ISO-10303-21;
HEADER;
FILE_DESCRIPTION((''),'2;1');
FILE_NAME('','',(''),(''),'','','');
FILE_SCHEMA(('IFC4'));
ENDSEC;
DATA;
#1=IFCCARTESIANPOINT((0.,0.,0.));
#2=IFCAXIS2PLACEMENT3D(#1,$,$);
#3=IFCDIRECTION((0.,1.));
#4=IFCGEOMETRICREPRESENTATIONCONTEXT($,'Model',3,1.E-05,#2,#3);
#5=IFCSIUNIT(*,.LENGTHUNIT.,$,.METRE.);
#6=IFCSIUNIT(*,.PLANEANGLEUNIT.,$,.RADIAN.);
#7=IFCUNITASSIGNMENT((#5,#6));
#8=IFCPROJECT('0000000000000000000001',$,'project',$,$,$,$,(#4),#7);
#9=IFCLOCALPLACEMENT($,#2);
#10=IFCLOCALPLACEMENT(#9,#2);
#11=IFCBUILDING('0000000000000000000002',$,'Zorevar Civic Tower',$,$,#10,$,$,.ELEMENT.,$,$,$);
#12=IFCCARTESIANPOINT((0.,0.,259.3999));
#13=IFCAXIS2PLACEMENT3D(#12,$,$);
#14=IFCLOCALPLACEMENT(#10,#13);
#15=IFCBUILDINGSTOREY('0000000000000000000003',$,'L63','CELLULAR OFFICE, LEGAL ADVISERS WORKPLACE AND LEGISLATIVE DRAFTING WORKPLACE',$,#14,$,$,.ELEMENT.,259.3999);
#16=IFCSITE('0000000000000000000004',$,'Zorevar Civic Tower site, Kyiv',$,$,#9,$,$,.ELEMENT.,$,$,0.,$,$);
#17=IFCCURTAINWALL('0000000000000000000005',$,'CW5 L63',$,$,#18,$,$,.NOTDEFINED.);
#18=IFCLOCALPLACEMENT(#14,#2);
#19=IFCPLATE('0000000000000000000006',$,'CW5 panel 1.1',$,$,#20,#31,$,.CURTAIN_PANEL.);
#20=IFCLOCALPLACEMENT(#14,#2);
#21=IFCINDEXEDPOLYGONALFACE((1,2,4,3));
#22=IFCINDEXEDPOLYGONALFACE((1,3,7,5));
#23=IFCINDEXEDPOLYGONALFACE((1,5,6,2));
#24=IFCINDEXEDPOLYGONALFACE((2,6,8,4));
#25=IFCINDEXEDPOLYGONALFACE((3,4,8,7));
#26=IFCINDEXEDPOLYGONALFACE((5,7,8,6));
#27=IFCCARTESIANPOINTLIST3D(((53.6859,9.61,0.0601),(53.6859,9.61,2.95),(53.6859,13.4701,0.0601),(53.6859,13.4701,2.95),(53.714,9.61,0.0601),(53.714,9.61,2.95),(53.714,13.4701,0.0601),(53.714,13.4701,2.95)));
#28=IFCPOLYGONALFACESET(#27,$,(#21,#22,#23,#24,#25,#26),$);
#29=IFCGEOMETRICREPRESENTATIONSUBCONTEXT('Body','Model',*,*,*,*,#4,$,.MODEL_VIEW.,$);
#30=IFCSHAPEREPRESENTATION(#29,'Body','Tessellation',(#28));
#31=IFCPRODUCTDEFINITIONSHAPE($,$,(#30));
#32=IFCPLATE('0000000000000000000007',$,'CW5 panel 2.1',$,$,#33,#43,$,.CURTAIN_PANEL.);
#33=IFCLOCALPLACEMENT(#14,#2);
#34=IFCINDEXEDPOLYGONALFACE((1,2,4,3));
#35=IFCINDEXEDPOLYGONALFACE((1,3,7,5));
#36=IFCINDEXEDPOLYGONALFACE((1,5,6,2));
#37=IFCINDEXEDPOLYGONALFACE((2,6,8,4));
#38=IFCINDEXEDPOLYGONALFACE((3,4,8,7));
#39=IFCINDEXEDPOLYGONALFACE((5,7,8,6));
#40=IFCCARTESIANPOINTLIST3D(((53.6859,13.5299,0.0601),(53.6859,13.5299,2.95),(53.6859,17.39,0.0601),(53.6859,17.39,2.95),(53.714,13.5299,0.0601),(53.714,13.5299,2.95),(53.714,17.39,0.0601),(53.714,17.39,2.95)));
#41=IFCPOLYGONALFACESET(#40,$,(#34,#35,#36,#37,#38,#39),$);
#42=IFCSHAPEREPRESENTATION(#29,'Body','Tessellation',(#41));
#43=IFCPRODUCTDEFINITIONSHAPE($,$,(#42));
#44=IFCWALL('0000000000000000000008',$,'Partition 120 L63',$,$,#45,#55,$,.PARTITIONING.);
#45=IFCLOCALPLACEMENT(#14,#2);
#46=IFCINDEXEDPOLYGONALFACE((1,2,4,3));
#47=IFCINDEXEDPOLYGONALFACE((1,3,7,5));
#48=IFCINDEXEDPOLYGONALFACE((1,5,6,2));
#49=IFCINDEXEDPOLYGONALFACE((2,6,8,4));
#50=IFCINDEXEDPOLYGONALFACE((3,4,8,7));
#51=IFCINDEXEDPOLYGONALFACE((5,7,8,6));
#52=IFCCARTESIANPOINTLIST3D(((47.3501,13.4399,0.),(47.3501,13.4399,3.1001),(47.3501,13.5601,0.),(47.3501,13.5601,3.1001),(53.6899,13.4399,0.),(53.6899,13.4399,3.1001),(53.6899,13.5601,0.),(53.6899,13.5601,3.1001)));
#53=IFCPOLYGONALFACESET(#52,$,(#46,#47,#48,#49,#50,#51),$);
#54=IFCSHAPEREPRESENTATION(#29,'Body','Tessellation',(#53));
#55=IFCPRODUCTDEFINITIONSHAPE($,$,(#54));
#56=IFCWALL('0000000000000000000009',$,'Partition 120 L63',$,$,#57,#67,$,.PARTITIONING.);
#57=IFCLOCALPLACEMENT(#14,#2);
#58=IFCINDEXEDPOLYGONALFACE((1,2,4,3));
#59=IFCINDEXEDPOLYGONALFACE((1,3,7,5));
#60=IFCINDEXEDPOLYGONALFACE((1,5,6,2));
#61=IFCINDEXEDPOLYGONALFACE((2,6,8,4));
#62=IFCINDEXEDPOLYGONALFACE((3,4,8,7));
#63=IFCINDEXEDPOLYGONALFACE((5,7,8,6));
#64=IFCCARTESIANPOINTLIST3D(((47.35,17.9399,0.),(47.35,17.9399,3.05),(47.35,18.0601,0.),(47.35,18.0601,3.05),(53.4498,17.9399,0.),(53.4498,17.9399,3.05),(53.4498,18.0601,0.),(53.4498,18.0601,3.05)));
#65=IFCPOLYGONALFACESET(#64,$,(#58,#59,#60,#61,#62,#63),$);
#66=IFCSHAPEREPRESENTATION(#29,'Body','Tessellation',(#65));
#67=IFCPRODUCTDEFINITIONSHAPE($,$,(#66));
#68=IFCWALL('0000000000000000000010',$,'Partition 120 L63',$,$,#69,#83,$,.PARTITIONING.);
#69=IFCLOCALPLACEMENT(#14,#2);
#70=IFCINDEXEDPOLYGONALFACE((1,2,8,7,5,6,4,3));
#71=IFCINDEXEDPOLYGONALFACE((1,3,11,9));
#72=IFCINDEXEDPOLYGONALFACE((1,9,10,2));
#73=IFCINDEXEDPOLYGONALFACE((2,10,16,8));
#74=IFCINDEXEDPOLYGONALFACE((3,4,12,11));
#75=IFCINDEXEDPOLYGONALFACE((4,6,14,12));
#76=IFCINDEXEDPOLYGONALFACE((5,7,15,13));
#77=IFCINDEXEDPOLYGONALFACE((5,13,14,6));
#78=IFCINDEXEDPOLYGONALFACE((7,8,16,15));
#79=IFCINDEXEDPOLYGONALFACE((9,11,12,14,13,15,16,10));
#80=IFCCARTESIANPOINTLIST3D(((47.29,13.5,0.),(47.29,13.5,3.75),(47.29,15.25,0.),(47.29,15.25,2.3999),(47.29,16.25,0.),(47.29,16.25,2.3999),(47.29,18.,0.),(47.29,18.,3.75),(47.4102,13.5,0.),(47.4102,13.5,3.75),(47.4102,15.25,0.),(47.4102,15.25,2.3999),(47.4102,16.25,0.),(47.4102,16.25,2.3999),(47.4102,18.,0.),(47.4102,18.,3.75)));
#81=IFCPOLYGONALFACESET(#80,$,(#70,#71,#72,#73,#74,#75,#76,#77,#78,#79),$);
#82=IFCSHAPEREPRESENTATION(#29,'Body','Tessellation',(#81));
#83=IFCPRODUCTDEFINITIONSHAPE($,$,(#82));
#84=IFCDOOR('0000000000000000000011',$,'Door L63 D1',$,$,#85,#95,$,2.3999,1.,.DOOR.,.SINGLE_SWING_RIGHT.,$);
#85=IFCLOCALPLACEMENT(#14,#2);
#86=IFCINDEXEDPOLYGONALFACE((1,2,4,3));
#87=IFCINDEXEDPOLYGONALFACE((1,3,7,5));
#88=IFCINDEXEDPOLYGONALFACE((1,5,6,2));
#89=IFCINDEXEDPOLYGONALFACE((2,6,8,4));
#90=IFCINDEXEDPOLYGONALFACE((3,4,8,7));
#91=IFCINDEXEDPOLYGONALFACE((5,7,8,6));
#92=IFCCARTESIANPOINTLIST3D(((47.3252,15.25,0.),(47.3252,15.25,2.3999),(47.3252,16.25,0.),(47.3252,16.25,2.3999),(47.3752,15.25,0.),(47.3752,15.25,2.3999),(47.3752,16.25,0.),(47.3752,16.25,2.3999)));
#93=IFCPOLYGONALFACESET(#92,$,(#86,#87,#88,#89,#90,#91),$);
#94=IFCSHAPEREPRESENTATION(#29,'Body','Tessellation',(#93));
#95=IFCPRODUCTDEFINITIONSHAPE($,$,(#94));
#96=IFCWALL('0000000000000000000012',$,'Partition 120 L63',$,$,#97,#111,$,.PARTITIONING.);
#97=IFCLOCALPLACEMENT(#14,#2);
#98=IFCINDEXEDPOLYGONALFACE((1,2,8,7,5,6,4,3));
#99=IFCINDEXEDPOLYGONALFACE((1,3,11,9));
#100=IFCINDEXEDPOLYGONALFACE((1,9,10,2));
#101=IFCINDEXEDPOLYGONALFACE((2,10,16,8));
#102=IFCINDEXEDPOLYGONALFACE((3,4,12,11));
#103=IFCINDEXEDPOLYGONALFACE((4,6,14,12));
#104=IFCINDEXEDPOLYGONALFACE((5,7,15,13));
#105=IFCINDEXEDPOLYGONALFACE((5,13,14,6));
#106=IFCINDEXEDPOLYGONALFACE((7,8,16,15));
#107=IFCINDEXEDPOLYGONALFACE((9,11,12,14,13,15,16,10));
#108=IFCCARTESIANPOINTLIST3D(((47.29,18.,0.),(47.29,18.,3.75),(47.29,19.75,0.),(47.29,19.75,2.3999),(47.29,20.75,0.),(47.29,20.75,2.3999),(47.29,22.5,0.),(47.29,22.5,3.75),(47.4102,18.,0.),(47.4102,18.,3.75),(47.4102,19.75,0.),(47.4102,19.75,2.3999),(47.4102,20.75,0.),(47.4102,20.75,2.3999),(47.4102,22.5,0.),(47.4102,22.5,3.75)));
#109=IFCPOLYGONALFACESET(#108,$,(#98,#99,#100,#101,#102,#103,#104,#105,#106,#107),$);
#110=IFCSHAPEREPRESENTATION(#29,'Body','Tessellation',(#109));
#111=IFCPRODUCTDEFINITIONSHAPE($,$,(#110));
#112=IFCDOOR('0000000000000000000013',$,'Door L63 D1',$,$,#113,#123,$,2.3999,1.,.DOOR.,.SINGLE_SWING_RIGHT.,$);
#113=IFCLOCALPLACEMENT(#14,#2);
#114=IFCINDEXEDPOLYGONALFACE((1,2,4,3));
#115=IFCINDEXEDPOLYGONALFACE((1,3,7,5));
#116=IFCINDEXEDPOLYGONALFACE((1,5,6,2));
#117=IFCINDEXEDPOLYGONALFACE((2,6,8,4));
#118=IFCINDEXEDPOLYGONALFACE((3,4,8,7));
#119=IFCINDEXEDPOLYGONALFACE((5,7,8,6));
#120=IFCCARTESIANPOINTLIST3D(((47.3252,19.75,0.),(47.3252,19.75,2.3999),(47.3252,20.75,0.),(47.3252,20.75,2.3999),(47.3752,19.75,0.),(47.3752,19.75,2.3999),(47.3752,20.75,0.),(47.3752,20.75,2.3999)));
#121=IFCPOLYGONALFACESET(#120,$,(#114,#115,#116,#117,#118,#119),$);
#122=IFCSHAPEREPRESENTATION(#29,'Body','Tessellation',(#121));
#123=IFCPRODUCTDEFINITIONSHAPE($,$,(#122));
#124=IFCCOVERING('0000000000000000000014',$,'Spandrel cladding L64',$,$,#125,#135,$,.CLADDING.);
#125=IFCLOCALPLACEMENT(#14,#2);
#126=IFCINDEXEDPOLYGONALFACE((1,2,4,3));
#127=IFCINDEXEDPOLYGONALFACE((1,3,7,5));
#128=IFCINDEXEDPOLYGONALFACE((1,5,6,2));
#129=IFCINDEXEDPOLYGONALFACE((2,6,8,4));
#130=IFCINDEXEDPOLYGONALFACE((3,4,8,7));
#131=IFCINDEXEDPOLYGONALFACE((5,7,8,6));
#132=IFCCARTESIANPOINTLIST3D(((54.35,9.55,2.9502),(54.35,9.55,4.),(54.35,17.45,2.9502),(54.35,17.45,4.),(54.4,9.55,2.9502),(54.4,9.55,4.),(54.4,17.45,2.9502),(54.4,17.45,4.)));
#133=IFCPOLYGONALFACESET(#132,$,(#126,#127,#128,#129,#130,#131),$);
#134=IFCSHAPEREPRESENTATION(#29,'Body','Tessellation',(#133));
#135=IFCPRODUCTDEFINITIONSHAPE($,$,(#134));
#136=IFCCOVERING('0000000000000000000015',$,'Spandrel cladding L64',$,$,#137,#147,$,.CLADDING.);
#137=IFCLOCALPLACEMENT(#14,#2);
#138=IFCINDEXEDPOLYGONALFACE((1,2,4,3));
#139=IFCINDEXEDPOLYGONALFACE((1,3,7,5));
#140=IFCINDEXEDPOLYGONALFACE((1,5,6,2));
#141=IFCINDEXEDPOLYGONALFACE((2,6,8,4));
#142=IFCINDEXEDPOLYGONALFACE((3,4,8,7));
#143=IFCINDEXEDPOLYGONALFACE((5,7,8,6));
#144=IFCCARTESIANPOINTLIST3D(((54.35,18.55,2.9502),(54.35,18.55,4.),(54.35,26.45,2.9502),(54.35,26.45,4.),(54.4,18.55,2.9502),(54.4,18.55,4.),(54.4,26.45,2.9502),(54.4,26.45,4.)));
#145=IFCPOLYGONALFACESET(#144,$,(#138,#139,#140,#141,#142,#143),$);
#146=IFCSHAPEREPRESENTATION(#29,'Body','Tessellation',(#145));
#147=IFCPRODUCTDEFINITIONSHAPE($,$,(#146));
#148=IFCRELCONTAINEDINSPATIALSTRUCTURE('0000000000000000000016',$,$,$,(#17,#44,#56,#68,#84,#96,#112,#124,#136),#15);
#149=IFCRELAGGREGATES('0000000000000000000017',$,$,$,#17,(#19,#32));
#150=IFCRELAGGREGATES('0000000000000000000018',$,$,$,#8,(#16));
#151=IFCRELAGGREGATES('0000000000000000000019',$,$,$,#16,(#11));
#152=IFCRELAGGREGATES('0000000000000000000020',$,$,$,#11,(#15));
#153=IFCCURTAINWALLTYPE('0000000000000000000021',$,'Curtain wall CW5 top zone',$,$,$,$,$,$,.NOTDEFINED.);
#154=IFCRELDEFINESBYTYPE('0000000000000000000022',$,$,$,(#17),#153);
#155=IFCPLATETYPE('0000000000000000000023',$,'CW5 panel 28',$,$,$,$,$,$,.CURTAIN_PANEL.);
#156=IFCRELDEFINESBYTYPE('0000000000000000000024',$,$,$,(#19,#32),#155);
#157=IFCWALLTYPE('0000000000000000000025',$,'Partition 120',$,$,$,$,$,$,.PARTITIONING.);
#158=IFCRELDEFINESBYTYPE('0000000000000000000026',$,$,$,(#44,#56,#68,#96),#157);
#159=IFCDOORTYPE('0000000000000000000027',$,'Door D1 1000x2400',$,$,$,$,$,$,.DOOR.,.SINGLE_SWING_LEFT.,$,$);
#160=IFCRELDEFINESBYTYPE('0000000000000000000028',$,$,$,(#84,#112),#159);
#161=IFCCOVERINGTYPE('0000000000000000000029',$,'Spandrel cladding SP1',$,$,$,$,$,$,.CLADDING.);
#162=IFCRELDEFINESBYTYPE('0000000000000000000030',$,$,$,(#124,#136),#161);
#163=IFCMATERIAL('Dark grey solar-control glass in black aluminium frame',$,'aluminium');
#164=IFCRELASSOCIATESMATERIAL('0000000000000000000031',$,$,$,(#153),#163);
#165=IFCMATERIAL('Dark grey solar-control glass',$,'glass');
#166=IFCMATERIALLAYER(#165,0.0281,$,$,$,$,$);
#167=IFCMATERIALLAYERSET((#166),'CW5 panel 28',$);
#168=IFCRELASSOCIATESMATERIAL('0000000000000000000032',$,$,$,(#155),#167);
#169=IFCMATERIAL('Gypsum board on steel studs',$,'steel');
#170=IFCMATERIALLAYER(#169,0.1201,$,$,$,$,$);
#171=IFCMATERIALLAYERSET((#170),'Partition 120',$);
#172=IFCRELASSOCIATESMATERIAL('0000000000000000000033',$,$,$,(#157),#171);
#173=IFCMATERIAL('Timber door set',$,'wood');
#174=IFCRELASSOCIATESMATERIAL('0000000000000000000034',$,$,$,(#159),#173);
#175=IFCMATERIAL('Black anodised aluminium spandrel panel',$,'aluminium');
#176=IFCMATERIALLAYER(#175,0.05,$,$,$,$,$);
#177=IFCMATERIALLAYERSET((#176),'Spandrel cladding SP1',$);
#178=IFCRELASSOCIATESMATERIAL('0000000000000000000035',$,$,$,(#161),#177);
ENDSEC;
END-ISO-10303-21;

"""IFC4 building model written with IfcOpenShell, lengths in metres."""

from ifc_helpers import new_model, si_unit, direction, frame, frame_2d, origin, origin_2d, place, context, subcontext, project, spatial, rectangle, extrude, material, layer, layer_set, type_object, element, fill, aggregate, save


model = new_model("IFC4")

# Units and contexts
model_context = context("Model", 3, precision=1e-05, world=origin(), true_north=direction((0.0, 1.0)))
body_context = subcontext(model_context, "Body", "Model", "MODEL_VIEW")
ifc_project = project(units=[si_unit("LENGTHUNIT", "METRE"), si_unit("PLANEANGLEUNIT", "RADIAN")], contexts=[model_context])

# Site, building, storey
site_placement = place(None, origin())
site = spatial("IfcSite", under=ifc_project, at=site_placement, Name="Zorevar Civic Tower site, Kyiv", CompositionType="ELEMENT", RefElevation=0.0)
building_placement = place(site_placement, origin())
building = spatial("IfcBuilding", under=site, at=building_placement, Name="Zorevar Civic Tower", CompositionType="ELEMENT")
storey_placement = place(building_placement, frame((0.0, 0.0, 259.3999)))
storey = spatial("IfcBuildingStorey", under=building, at=storey_placement, Name="L63", Description="CELLULAR OFFICE, LEGAL ADVISERS WORKPLACE AND LEGISLATIVE DRAFTING WORKPLACE", CompositionType="ELEMENT", Elevation=259.3999)

# Curtain wall
ifc_material_1 = material(Name="Dark grey solar-control glass in black aluminium frame", Category="aluminium")
curtain_wall_type = type_object("IfcCurtainWallType", Name="Curtain wall CW5 top zone", PredefinedType="NOTDEFINED", material=ifc_material_1)
curtain_wall_1_placement = place(storey_placement, origin())
curtain_wall_1 = element("IfcCurtainWall", 1, at=curtain_wall_1_placement, inside=storey, type_object=curtain_wall_type, Name="CW5 L63", PredefinedType="NOTDEFINED")

# Plates
ifc_material_2 = material(Name="Dark grey solar-control glass", Category="glass")
ifc_layer_1 = layer(ifc_material_2, 0.0281)
ifc_layer_set_1 = layer_set([ifc_layer_1], Name="CW5 panel 28")
plate_type = type_object("IfcPlateType", Name="CW5 panel 28", PredefinedType="CURTAIN_PANEL", material=ifc_layer_set_1)
plate_1_placement = place(storey_placement, frame((53.7, 11.54, 0.0601), z_axis=(0.0, 0.0, 1.0), x_axis=(0.0, 1.0, 0.0)))
plate_1 = element("IfcPlate", 2, at=plate_1_placement, type_object=plate_type, Name="CW5 panel 1.1", PredefinedType="CURTAIN_PANEL", context=body_context, shape_type="SweptSolid", body=[
    extrude(rectangle(XDim=3.8601, YDim=0.0281, at=origin_2d()), origin(), (0.0, 0.0, 1.0), 2.8899),
])
plate_2_placement = place(storey_placement, frame((53.7, 15.46, 0.0601), z_axis=(0.0, 0.0, 1.0), x_axis=(0.0, 1.0, 0.0)))
plate_2 = element("IfcPlate", 3, at=plate_2_placement, type_object=plate_type, Name="CW5 panel 2.1", PredefinedType="CURTAIN_PANEL", context=body_context, shape_type="SweptSolid", body=[
    extrude(rectangle(XDim=3.8601, YDim=0.0281, at=origin_2d()), origin(), (0.0, 0.0, 1.0), 2.8899),
])
aggregate(curtain_wall_1, [plate_1, plate_2])

# Walls
ifc_material_3 = material(Name="Gypsum board on steel studs", Category="steel")
ifc_layer_2 = layer(ifc_material_3, 0.1201)
ifc_layer_set_2 = layer_set([ifc_layer_2], Name="Partition 120")
wall_type_1 = type_object("IfcWallType", Name="Partition 120", PredefinedType="PARTITIONING", material=ifc_layer_set_2)
wall_1_placement = place(storey_placement, frame((47.3501, 13.5, 0.0), z_axis=(0.0, 0.0, 1.0), x_axis=(1.0, 0.0, 0.0)))
element("IfcWall", 4, at=wall_1_placement, inside=storey, type_object=wall_type_1, Name="Partition 120 L63", PredefinedType="PARTITIONING", context=body_context, shape_type="SweptSolid", body=[
    extrude(rectangle(XDim=6.3398, YDim=0.1201, at=frame_2d((3.1699, 0.0))), origin(), (0.0, 0.0, 1.0), 3.1001),
])
wall_2_placement = place(storey_placement, frame((47.3501, 18.0, 0.0), z_axis=(0.0, 0.0, 1.0), x_axis=(1.0, 0.0, 0.0)))
element("IfcWall", 5, at=wall_2_placement, inside=storey, type_object=wall_type_1, Name="Partition 120 L63", PredefinedType="PARTITIONING", context=body_context, shape_type="SweptSolid", body=[
    extrude(rectangle(XDim=6.0999, YDim=0.1201, at=frame_2d((3.0498, 0.0))), origin(), (0.0, 0.0, 1.0), 3.05),
])

# Walls, openings, doors
wall_3_placement = place(storey_placement, frame((47.3501, 13.5, 0.0), z_axis=(0.0, 0.0, 1.0), x_axis=(0.0, 1.0, 0.0)))
wall_3 = element("IfcWall", 6, at=wall_3_placement, inside=storey, type_object=wall_type_1, Name="Partition 120 L63", PredefinedType="PARTITIONING", context=body_context, shape_type="SweptSolid", body=[
    extrude(rectangle(XDim=4.5, YDim=0.1201, at=frame_2d((2.25, 0.0))), origin(), (0.0, 0.0, 1.0), 3.75),
])
opening_1_placement = place(wall_3_placement, frame((1.75, 0.0, 0.0)))
opening_1 = element("IfcOpeningElement", 7, at=opening_1_placement, cuts=wall_3, PredefinedType="OPENING", context=body_context, shape_type="SweptSolid", body=[
    extrude(rectangle(XDim=1.0, YDim=2.3999, at=frame_2d((0.5, 1.2))), frame((0.0, 0.0701, 0.0), z_axis=(0.0, -1.0, 0.0), x_axis=(1.0, 0.0, 0.0)), (0.0, 0.0, 1.0), 0.1401),
])
ifc_material_4 = material(Name="Timber door set", Category="wood")
door_type_1 = type_object("IfcDoorType", Name="Door D1 1000x2400", OperationType="SINGLE_SWING_LEFT", PredefinedType="DOOR", material=ifc_material_4)
door_1_placement = place(opening_1_placement, origin())
door_1 = element("IfcDoor", 8, at=door_1_placement, inside=storey, type_object=door_type_1, Name="Door L63 D1", OperationType="SINGLE_SWING_RIGHT", OverallHeight=2.3999, OverallWidth=1.0, PredefinedType="DOOR", context=body_context, shape_type="SweptSolid", body=[
    extrude(rectangle(XDim=1.0, YDim=2.3999, at=frame_2d((0.5, 1.2))), frame((0.0, 0.0249, 0.0), z_axis=(0.0, -1.0, 0.0), x_axis=(1.0, 0.0, 0.0)), (0.0, 0.0, 1.0), 0.05),
])
fill(opening_1, door_1)
wall_4_placement = place(storey_placement, frame((47.3501, 18.0, 0.0), z_axis=(0.0, 0.0, 1.0), x_axis=(0.0, 1.0, 0.0)))
wall_4 = element("IfcWall", 9, at=wall_4_placement, inside=storey, type_object=wall_type_1, Name="Partition 120 L63", PredefinedType="PARTITIONING", context=body_context, shape_type="SweptSolid", body=[
    extrude(rectangle(XDim=4.5, YDim=0.1201, at=frame_2d((2.25, 0.0))), origin(), (0.0, 0.0, 1.0), 3.75),
])
opening_2_placement = place(wall_4_placement, frame((1.75, 0.0, 0.0)))
opening_2 = element("IfcOpeningElement", 10, at=opening_2_placement, cuts=wall_4, PredefinedType="OPENING", context=body_context, shape_type="SweptSolid", body=[
    extrude(rectangle(XDim=1.0, YDim=2.3999, at=frame_2d((0.5, 1.2))), frame((0.0, 0.0701, 0.0), z_axis=(0.0, -1.0, 0.0), x_axis=(1.0, 0.0, 0.0)), (0.0, 0.0, 1.0), 0.1401),
])
door_2_placement = place(opening_2_placement, origin())
door_2 = element("IfcDoor", 11, at=door_2_placement, inside=storey, type_object=door_type_1, Name="Door L63 D1", OperationType="SINGLE_SWING_RIGHT", OverallHeight=2.3999, OverallWidth=1.0, PredefinedType="DOOR", context=body_context, shape_type="SweptSolid", body=[
    extrude(rectangle(XDim=1.0, YDim=2.3999, at=frame_2d((0.5, 1.2))), frame((0.0, 0.0249, 0.0), z_axis=(0.0, -1.0, 0.0), x_axis=(1.0, 0.0, 0.0)), (0.0, 0.0, 1.0), 0.05),
])
fill(opening_2, door_2)

# Coverings
ifc_material_5 = material(Name="Black anodised aluminium spandrel panel", Category="aluminium")
ifc_layer_3 = layer(ifc_material_5, 0.05)
ifc_layer_set_3 = layer_set([ifc_layer_3], Name="Spandrel cladding SP1")
covering_type = type_object("IfcCoveringType", Name="Spandrel cladding SP1", PredefinedType="CLADDING", material=ifc_layer_set_3)
for number, where, z_axis, x_axis, name in (
    (12, (54.375, 9.55, 2.9502), (0.0, 0.0, 1.0), (0.0, 1.0, 0.0), "Spandrel cladding L64"),
    (13, (54.375, 18.55, 2.9502), (0.0, 0.0, 1.0), (0.0, 1.0, 0.0), "Spandrel cladding L64"),
):
    element("IfcCovering", number, at=place(storey_placement, frame(where, z_axis=z_axis, x_axis=x_axis)), inside=storey, type_object=covering_type, Name=name, PredefinedType="CLADDING", context=body_context, shape_type="SweptSolid", body=[
        extrude(rectangle(XDim=7.8999, YDim=0.05, at=frame_2d((3.95, 0.0))), origin(), (0.0, 0.0, 1.0), 1.0498),
    ])

save(model, "model.ifc")
